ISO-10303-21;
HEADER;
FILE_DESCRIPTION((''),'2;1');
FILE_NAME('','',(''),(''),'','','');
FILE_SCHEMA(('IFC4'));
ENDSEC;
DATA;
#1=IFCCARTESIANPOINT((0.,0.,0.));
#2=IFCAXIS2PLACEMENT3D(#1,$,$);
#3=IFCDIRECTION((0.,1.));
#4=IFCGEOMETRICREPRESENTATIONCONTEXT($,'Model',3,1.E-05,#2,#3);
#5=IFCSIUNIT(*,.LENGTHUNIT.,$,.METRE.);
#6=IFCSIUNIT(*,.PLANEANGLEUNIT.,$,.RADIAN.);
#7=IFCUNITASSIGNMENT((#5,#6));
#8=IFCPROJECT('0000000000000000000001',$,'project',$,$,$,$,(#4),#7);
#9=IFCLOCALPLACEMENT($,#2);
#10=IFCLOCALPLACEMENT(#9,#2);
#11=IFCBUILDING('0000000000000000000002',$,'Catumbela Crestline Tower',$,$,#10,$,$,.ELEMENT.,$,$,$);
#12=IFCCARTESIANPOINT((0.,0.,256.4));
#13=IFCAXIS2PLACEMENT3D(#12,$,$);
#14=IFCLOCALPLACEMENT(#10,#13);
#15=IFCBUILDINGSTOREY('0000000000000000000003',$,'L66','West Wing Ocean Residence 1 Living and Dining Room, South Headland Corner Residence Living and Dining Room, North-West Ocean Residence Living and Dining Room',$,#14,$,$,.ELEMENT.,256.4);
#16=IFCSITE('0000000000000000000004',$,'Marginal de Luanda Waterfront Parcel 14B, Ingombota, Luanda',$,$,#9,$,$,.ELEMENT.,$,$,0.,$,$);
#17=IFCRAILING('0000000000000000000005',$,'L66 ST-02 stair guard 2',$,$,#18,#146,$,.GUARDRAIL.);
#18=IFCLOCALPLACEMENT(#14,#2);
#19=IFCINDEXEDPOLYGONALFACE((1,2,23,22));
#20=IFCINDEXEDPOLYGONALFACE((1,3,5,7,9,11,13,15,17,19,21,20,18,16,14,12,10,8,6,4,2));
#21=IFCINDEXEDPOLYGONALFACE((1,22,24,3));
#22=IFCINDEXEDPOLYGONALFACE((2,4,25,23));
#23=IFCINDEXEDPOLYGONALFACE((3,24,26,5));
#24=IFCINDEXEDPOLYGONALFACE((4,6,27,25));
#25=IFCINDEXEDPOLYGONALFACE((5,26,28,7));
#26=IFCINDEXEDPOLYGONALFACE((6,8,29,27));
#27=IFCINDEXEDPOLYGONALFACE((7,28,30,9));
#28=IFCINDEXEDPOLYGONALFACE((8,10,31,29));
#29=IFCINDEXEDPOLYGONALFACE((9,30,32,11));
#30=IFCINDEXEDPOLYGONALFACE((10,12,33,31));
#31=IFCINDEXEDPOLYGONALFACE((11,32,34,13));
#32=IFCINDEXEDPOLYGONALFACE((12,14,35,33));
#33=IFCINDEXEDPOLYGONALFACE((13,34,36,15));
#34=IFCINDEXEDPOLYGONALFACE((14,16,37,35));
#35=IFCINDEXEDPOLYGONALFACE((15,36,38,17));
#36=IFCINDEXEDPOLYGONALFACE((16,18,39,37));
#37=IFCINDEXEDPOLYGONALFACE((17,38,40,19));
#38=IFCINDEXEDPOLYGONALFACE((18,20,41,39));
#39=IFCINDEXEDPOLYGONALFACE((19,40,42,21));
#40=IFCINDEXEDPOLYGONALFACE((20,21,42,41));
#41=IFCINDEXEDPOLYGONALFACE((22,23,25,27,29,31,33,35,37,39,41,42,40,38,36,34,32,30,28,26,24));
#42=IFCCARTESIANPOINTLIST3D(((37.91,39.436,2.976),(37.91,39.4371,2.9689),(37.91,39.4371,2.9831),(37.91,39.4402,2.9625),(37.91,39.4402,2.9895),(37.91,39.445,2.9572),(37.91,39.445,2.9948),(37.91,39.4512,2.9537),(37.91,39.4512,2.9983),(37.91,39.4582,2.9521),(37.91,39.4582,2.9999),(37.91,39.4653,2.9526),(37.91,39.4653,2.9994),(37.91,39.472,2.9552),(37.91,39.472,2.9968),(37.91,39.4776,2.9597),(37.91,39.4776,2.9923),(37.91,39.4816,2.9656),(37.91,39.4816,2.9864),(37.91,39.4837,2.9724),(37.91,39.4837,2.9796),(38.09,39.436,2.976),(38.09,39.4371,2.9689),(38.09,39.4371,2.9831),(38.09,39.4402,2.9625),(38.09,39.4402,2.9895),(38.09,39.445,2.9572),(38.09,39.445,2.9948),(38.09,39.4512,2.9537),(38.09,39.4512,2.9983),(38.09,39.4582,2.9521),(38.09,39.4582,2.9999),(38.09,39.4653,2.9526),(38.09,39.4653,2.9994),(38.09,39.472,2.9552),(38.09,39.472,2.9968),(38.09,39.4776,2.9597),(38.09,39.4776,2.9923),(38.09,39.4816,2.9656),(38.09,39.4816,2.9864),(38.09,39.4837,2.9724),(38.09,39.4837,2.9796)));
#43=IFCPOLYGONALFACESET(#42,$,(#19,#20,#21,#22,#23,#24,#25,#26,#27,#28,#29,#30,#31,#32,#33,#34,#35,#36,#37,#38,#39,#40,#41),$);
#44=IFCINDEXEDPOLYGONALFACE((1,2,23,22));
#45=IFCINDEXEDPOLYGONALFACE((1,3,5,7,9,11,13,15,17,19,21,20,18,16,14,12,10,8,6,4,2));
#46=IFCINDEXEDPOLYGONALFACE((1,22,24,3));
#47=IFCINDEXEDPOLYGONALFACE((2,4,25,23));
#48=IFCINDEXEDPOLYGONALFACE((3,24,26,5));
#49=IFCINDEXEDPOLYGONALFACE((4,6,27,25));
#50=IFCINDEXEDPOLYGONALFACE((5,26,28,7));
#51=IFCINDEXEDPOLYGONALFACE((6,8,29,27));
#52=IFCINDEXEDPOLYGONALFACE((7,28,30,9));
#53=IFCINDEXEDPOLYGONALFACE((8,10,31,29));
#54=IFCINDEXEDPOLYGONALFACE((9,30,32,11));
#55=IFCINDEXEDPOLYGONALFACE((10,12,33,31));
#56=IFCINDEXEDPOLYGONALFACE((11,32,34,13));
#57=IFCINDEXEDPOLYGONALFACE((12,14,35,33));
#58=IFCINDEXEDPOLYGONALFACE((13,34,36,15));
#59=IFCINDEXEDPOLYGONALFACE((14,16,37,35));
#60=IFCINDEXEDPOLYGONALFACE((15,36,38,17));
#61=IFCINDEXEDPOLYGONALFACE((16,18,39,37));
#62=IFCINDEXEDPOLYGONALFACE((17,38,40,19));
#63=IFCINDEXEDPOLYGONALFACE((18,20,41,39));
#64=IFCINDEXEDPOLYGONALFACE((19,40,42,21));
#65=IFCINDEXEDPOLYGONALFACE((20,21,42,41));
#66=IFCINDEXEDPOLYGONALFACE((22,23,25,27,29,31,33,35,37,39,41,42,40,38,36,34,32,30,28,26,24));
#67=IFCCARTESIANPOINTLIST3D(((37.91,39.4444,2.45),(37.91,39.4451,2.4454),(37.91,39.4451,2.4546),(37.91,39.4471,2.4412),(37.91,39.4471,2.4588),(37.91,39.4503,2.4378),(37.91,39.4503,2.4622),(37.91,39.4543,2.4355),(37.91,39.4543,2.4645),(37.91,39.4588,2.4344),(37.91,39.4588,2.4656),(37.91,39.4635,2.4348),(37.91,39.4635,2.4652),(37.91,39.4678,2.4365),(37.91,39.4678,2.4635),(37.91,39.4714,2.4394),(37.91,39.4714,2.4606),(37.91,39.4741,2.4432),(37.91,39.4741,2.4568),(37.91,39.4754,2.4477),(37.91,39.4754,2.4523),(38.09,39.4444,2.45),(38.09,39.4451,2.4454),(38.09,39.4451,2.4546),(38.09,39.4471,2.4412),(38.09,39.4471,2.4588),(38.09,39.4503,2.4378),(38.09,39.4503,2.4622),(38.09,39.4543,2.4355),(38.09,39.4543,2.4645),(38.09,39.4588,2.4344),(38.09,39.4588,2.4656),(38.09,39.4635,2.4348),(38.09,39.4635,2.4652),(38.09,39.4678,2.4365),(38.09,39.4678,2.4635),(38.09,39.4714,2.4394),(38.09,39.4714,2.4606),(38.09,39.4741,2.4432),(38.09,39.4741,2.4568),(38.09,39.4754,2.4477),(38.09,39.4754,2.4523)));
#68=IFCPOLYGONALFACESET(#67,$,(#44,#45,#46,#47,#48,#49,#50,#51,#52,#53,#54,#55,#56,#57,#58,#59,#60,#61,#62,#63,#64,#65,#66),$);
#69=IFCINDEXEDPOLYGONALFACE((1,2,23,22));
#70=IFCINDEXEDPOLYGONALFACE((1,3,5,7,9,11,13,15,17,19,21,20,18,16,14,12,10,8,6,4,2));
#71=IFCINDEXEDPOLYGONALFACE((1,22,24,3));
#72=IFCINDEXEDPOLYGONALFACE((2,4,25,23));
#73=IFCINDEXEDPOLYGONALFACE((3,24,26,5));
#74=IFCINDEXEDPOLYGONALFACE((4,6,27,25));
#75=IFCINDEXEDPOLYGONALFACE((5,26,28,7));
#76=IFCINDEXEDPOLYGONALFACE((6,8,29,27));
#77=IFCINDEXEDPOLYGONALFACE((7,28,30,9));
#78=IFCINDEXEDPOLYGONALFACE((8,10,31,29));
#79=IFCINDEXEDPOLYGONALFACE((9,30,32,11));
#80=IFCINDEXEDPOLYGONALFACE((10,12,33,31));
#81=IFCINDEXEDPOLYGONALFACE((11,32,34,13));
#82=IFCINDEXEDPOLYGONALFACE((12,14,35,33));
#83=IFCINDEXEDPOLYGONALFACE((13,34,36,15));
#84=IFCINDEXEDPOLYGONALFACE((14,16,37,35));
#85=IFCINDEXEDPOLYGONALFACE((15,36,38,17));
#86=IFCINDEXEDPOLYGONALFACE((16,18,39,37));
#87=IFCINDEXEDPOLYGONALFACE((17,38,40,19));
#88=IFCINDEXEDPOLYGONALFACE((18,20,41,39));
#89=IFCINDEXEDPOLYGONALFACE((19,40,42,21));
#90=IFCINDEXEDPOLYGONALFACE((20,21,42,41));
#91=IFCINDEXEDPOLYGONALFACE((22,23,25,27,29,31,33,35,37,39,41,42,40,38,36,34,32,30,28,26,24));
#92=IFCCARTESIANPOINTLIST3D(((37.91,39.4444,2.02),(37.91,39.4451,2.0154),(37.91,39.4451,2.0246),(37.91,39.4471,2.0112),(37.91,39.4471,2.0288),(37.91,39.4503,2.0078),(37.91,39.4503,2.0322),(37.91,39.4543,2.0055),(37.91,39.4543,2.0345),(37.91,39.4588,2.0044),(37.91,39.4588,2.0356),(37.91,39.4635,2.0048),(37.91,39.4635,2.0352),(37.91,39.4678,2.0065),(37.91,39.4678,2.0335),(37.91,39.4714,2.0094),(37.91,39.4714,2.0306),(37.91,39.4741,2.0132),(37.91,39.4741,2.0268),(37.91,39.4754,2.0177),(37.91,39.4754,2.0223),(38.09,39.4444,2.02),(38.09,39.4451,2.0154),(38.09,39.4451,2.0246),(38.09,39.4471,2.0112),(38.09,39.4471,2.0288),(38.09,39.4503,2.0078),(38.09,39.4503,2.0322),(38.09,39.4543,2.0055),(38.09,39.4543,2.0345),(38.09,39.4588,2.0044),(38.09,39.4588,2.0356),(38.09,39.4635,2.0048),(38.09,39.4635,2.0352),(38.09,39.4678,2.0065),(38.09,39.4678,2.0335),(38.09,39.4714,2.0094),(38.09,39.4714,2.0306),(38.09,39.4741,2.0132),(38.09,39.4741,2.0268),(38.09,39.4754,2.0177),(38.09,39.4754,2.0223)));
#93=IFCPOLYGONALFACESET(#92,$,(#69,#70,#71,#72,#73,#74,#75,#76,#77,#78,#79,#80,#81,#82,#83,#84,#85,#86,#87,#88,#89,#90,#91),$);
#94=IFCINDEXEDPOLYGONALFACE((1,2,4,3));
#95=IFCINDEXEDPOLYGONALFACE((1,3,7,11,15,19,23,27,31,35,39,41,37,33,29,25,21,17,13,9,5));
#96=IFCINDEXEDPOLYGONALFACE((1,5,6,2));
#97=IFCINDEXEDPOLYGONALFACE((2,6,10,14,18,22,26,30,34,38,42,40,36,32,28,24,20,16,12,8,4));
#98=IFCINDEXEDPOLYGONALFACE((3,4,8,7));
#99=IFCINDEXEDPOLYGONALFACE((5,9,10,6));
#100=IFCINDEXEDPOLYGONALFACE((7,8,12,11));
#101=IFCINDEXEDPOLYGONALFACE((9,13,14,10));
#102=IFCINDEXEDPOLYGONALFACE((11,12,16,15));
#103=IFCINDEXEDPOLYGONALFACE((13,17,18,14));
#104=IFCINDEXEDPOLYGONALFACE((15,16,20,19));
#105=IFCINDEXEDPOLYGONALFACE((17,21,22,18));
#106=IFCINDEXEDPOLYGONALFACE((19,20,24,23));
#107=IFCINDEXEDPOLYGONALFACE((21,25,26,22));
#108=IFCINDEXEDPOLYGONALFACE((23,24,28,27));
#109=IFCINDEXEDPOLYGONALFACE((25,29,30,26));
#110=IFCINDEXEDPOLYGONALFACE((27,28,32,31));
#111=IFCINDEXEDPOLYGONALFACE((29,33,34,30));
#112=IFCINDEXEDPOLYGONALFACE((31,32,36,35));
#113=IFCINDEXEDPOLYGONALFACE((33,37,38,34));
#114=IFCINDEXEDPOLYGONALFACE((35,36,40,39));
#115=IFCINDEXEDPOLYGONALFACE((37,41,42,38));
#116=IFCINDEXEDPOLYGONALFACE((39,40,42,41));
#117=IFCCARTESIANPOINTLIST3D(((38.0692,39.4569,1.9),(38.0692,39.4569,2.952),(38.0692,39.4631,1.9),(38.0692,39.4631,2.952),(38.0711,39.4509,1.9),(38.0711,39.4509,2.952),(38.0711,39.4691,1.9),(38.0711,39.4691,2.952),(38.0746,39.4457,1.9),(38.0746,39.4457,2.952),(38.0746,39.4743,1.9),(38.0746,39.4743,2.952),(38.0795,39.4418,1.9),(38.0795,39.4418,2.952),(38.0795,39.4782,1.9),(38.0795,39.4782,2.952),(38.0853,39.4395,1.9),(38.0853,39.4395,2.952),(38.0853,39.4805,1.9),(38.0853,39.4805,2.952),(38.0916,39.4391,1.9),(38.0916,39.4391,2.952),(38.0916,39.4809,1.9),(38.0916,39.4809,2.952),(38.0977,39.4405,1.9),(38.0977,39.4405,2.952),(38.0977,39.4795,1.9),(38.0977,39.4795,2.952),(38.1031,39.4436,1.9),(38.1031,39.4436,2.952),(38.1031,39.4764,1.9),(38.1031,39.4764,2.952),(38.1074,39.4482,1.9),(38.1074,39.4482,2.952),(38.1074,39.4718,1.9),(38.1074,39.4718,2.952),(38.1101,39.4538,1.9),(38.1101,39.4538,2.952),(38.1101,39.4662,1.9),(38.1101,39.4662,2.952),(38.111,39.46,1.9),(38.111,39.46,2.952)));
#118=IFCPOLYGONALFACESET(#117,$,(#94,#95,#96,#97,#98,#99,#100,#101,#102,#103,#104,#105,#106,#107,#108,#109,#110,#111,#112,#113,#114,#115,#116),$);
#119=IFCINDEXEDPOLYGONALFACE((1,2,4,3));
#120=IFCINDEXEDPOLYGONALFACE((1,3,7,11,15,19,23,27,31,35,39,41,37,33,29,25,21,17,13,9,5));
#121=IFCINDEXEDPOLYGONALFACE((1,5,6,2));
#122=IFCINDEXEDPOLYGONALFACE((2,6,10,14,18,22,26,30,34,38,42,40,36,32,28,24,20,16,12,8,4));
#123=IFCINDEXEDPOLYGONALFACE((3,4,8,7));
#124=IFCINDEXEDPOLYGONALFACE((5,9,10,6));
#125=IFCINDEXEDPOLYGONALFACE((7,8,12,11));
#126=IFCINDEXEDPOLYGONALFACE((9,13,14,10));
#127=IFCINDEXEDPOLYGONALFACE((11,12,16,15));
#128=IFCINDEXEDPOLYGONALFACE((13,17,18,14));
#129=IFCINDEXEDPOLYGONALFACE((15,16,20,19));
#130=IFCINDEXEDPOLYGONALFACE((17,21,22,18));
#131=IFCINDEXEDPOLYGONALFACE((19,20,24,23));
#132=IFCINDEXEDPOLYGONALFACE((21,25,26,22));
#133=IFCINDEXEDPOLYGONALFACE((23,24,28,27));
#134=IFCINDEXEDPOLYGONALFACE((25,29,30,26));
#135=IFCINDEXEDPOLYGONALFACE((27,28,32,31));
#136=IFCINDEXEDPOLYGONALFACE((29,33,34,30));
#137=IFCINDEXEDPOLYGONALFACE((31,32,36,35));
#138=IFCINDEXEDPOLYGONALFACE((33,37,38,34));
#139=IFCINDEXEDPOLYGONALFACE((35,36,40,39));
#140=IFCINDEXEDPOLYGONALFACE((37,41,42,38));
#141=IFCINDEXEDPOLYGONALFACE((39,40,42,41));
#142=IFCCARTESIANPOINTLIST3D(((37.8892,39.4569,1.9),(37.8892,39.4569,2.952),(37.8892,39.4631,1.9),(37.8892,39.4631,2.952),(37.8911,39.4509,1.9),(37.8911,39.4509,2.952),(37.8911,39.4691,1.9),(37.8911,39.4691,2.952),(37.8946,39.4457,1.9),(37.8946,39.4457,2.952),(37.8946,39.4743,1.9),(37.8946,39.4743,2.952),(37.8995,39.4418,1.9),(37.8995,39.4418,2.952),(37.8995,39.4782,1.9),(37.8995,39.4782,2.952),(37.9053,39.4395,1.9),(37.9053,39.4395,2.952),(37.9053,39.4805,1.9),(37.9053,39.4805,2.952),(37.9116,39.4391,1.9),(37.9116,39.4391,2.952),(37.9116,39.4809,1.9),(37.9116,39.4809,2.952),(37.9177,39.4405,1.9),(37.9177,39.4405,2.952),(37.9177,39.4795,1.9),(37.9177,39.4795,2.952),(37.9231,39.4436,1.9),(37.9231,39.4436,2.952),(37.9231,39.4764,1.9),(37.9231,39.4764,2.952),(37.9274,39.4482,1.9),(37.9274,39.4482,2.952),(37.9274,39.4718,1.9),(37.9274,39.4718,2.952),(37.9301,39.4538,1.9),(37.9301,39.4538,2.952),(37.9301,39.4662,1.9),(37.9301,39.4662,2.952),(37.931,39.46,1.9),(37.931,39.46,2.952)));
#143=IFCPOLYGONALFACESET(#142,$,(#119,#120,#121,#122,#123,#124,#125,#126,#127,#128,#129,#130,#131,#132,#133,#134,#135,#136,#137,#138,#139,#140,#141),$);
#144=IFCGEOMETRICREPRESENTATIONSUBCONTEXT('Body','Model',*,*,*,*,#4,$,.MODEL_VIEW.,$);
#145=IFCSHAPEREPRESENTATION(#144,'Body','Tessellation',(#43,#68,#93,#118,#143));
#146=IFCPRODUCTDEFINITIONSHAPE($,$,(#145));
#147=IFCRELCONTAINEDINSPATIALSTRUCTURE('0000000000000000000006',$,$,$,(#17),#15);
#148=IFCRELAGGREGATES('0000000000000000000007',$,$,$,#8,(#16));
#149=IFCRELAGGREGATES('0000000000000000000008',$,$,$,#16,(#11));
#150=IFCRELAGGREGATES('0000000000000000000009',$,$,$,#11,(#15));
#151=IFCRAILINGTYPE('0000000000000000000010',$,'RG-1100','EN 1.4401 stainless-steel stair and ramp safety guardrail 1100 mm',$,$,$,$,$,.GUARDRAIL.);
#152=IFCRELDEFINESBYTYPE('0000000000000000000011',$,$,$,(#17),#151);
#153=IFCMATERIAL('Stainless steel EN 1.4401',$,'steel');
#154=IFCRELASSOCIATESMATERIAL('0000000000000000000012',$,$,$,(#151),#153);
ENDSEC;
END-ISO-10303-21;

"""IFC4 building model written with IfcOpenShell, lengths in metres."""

from ifc_helpers import new_model, si_unit, direction, frame, origin, origin_2d, place, context, subcontext, project, spatial, circle, extrude, material, type_object, element, save


model = new_model("IFC4")

# Units and contexts
model_context = context("Model", 3, precision=1e-05, world=origin(), true_north=direction((0.0, 1.0)))
body_context = subcontext(model_context, "Body", "Model", "MODEL_VIEW")
ifc_project = project(units=[si_unit("LENGTHUNIT", "METRE"), si_unit("PLANEANGLEUNIT", "RADIAN")], contexts=[model_context])

# Site, building, storey
site_placement = place(None, origin())
site = spatial("IfcSite", under=ifc_project, at=site_placement, Name="Marginal de Luanda Waterfront Parcel 14B, Ingombota, Luanda", CompositionType="ELEMENT", RefElevation=0.0)
building_placement = place(site_placement, origin())
building = spatial("IfcBuilding", under=site, at=building_placement, Name="Catumbela Crestline Tower", CompositionType="ELEMENT")
storey_placement = place(building_placement, frame((0.0, 0.0, 256.4)))
storey = spatial("IfcBuildingStorey", under=building, at=storey_placement, Name="L66", Description="West Wing Ocean Residence 1 Living and Dining Room, South Headland Corner Residence Living and Dining Room, North-West Ocean Residence Living and Dining Room", CompositionType="ELEMENT", Elevation=256.4)

# Railing
ifc_material_1 = material(Name="Stainless steel EN 1.4401", Category="steel")
railing_type_1 = type_object("IfcRailingType", Name="RG-1100", Description="EN 1.4401 stainless-steel stair and ramp safety guardrail 1100 mm", PredefinedType="GUARDRAIL", material=ifc_material_1)
railing_1_placement = place(storey_placement, frame((38.09, 39.46, 1.9)))
element("IfcRailing", 1, at=railing_1_placement, inside=storey, type_object=railing_type_1, Name="L66 ST-02 stair guard 2", PredefinedType="GUARDRAIL", context=body_context, shape_type="SweptSolid", body=[
    extrude(circle(Radius=0.024, at=origin_2d()), frame((0.0, 0.0, 1.076), z_axis=(-1.0, 0.0, 0.0), x_axis=(0.0, -1.0, 0.0)), (0.0, 0.0, 1.0), 0.18),
    extrude(circle(Radius=0.0156, at=origin_2d()), frame((0.0, 0.0, 0.55), z_axis=(-1.0, 0.0, 0.0), x_axis=(0.0, -1.0, 0.0)), (0.0, 0.0, 1.0), 0.18),
    extrude(circle(Radius=0.0156, at=origin_2d()), frame((0.0, 0.0, 0.12), z_axis=(-1.0, 0.0, 0.0), x_axis=(0.0, -1.0, 0.0)), (0.0, 0.0, 1.0), 0.18),
    extrude(circle(Radius=0.021, at=origin_2d()), origin(), (0.0, 0.0, 1.0), 1.052),
    extrude(circle(Radius=0.021, at=origin_2d()), frame((-0.18, 0.0, 0.0)), (0.0, 0.0, 1.0), 1.052),
])

save(model, "model.ifc")
